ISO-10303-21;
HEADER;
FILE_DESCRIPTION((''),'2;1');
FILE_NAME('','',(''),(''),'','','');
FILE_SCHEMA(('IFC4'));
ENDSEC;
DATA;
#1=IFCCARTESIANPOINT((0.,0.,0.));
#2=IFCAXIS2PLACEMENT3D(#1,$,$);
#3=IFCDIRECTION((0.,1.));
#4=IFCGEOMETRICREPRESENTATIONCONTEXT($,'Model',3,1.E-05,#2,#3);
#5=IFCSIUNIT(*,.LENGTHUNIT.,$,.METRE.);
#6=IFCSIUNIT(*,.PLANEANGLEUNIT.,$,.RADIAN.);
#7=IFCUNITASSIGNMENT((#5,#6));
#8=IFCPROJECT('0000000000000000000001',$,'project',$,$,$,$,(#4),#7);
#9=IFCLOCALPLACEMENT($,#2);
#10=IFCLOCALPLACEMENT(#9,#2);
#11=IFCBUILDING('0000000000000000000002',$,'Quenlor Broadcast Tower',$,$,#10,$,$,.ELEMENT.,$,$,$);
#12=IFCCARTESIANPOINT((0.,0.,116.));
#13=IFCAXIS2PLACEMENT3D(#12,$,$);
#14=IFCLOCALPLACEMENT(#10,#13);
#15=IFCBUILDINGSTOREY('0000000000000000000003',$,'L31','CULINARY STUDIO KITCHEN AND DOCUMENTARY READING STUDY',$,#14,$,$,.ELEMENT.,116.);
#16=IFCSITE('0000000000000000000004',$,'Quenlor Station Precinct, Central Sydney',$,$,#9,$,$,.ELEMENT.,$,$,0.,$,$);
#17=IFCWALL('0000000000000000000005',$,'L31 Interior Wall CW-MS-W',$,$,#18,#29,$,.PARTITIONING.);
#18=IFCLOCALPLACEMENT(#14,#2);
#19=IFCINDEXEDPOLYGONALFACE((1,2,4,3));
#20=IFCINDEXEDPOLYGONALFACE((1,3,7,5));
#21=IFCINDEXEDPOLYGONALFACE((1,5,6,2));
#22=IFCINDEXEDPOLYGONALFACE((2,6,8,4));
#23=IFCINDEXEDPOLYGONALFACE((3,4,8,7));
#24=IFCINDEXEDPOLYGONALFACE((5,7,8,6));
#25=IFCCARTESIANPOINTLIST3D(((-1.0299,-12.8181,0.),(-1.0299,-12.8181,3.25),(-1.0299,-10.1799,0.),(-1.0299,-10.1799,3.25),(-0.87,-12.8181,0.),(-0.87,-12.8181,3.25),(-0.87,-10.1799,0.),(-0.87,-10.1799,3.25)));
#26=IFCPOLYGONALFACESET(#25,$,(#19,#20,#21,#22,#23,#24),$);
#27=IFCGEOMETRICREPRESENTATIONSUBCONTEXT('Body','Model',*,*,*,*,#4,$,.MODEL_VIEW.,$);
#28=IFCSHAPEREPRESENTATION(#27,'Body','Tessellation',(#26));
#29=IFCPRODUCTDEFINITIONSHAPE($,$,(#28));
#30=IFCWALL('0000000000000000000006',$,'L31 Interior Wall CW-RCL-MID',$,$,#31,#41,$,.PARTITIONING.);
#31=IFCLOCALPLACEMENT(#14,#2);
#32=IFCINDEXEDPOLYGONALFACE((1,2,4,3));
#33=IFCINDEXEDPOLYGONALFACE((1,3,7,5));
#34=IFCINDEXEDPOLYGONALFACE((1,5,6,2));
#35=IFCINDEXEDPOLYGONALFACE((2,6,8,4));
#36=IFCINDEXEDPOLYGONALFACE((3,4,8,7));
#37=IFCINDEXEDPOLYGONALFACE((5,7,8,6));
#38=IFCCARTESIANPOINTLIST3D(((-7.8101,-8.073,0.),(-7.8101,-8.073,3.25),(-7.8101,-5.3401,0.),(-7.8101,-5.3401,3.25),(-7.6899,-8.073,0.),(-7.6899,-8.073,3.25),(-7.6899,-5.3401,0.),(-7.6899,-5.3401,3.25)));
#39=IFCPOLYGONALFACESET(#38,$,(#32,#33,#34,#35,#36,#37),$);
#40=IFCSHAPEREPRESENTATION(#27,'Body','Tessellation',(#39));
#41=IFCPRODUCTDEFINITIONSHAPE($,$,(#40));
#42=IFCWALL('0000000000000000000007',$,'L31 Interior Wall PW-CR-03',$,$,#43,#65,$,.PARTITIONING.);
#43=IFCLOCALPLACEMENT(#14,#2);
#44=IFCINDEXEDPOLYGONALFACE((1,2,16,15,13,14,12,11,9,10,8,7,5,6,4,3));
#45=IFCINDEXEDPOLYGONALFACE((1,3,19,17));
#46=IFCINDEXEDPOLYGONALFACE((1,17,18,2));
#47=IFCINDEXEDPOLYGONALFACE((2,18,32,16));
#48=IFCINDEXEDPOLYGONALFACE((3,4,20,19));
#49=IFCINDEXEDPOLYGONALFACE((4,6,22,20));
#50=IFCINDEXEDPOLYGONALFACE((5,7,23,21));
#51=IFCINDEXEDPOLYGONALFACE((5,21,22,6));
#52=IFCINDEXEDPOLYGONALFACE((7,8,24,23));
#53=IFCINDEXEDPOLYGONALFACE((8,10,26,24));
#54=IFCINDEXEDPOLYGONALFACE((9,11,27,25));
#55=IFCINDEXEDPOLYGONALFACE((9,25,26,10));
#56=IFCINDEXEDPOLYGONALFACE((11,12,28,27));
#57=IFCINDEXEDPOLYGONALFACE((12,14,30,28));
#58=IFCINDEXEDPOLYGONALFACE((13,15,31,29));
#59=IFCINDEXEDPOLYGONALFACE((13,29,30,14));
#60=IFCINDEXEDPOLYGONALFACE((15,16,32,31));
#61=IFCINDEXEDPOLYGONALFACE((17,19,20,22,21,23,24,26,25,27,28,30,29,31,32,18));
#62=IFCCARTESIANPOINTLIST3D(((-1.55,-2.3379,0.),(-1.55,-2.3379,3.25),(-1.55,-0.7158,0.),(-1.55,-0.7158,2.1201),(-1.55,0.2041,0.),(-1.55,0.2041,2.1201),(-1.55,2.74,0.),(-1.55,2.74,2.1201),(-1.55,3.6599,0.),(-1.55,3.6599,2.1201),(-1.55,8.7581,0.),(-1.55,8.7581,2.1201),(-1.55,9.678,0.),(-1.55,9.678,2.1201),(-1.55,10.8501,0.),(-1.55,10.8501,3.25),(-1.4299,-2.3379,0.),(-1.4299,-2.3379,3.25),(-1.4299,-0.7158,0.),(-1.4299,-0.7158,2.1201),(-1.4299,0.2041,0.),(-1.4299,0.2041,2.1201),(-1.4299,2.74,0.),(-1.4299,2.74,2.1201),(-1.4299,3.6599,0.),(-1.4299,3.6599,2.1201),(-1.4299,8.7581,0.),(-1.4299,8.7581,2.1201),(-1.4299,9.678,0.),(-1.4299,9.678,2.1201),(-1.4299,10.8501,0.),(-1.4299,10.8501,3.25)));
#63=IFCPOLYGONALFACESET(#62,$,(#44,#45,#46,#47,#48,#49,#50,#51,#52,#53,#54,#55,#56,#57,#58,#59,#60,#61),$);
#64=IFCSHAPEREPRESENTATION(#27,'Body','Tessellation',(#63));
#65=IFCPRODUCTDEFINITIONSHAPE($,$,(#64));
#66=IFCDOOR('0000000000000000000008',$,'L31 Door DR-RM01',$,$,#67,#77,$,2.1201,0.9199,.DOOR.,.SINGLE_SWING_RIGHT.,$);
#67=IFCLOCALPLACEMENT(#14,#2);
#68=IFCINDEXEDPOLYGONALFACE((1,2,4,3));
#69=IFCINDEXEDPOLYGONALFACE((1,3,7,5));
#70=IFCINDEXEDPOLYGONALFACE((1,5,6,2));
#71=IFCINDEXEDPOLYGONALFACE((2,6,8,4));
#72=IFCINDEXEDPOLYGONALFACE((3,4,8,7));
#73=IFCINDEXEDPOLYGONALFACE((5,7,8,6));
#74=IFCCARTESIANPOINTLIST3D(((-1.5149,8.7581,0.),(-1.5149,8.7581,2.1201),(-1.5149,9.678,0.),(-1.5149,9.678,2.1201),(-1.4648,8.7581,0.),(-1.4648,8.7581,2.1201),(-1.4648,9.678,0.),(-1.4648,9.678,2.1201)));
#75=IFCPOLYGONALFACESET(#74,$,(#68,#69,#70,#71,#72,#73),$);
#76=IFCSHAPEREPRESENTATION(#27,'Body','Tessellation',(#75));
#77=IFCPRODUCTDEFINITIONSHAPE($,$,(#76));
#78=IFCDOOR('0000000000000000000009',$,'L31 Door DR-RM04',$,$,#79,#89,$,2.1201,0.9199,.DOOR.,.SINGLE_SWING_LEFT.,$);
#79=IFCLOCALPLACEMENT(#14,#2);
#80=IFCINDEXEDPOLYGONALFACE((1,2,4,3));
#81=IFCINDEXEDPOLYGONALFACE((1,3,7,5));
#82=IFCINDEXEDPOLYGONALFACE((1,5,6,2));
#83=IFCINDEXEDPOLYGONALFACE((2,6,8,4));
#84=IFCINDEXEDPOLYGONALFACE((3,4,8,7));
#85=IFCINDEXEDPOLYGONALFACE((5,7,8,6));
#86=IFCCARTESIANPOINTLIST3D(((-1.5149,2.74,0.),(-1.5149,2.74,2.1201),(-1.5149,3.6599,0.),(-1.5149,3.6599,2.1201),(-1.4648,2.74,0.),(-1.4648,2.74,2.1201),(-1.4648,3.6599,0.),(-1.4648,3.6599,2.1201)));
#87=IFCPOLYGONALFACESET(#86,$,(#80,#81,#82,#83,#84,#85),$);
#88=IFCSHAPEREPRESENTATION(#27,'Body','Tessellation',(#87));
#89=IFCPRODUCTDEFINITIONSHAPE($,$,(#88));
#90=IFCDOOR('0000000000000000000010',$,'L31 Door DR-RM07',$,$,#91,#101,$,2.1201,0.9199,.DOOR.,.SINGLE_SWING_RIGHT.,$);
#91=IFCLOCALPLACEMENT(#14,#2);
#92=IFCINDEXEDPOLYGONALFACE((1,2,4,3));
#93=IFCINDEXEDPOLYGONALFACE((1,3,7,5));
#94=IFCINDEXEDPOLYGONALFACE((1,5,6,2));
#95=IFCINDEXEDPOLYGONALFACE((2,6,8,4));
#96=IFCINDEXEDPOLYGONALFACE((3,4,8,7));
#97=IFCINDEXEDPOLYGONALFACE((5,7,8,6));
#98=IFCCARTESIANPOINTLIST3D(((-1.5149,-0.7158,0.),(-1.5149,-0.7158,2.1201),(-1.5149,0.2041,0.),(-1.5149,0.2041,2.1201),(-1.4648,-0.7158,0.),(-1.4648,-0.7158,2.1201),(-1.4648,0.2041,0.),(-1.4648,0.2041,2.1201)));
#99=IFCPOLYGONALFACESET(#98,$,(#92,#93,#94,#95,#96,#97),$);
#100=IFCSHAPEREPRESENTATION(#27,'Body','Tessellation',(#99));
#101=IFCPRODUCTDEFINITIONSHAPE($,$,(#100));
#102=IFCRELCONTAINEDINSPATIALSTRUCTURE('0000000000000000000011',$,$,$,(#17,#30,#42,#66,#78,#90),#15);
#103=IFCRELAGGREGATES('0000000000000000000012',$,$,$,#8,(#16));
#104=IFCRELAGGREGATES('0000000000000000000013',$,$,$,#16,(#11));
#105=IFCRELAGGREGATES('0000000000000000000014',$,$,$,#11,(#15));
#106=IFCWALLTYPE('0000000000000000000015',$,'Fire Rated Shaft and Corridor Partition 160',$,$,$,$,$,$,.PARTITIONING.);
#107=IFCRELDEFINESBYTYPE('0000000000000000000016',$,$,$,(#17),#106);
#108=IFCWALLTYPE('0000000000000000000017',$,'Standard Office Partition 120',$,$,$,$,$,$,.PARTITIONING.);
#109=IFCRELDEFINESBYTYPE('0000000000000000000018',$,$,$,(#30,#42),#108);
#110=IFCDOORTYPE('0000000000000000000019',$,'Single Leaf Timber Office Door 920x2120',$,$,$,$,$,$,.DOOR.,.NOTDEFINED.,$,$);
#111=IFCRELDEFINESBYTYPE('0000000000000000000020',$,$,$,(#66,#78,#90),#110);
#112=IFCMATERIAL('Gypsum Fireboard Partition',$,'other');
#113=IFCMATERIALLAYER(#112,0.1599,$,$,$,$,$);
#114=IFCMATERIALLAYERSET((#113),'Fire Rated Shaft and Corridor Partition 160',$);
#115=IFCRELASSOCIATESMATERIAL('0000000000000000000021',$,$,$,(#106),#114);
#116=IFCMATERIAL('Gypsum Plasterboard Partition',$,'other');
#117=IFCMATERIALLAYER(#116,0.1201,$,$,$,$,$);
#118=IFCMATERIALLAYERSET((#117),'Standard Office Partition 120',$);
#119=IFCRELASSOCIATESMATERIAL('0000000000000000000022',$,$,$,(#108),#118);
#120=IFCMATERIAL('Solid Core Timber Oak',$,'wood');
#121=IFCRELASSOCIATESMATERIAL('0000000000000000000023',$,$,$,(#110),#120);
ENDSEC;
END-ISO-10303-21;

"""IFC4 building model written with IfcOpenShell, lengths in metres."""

from ifc_helpers import new_model, si_unit, direction, frame, frame_2d, origin, place, context, subcontext, project, spatial, rectangle, extrude, material, layer, layer_set, type_object, element, fill, save


model = new_model("IFC4")

# Units and contexts
model_context = context("Model", 3, precision=1e-05, world=origin(), true_north=direction((0.0, 1.0)))
body_context = subcontext(model_context, "Body", "Model", "MODEL_VIEW")
ifc_project = project(units=[si_unit("LENGTHUNIT", "METRE"), si_unit("PLANEANGLEUNIT", "RADIAN")], contexts=[model_context])

# Site, building, storey
site_placement = place(None, origin())
site = spatial("IfcSite", under=ifc_project, at=site_placement, Name="Quenlor Station Precinct, Central Sydney", CompositionType="ELEMENT", RefElevation=0.0)
building_placement = place(site_placement, origin())
building = spatial("IfcBuilding", under=site, at=building_placement, Name="Quenlor Broadcast Tower", CompositionType="ELEMENT")
storey_placement = place(building_placement, frame((0.0, 0.0, 116.0)))
storey = spatial("IfcBuildingStorey", under=building, at=storey_placement, Name="L31", Description="CULINARY STUDIO KITCHEN AND DOCUMENTARY READING STUDY", CompositionType="ELEMENT", Elevation=116.0)

# Shared definitions
ifc_material_1 = material(Name="Gypsum Fireboard Partition", Category="other")
ifc_layer_1 = layer(ifc_material_1, 0.1599)
ifc_layer_set_1 = layer_set([ifc_layer_1], Name="Fire Rated Shaft and Corridor Partition 160")
wall_type_1 = type_object("IfcWallType", Name="Fire Rated Shaft and Corridor Partition 160", PredefinedType="PARTITIONING", material=ifc_layer_set_1)

# Walls
wall_1_placement = place(storey_placement, frame((-0.95, -12.8181, 0.0), z_axis=(0.0, 0.0, 1.0), x_axis=(0.0, 1.0, 0.0)))
element("IfcWall", 1, at=wall_1_placement, inside=storey, type_object=wall_type_1, Name="L31 Interior Wall CW-MS-W", PredefinedType="PARTITIONING", context=body_context, shape_type="SweptSolid", body=[
    extrude(rectangle(XDim=2.6382, YDim=0.1599, at=frame_2d((1.3191, 0.0))), origin(), (0.0, 0.0, 1.0), 3.25),
])
ifc_material_2 = material(Name="Gypsum Plasterboard Partition", Category="other")
ifc_layer_2 = layer(ifc_material_2, 0.1201)
ifc_layer_set_2 = layer_set([ifc_layer_2], Name="Standard Office Partition 120")
wall_type_2 = type_object("IfcWallType", Name="Standard Office Partition 120", PredefinedType="PARTITIONING", material=ifc_layer_set_2)
wall_2_placement = place(storey_placement, frame((-7.75, -8.073, 0.0), z_axis=(0.0, 0.0, 1.0), x_axis=(0.0, 1.0, 0.0)))
element("IfcWall", 2, at=wall_2_placement, inside=storey, type_object=wall_type_2, Name="L31 Interior Wall CW-RCL-MID", PredefinedType="PARTITIONING", context=body_context, shape_type="SweptSolid", body=[
    extrude(rectangle(XDim=2.7329, YDim=0.1201, at=frame_2d((1.3665, 0.0))), origin(), (0.0, 0.0, 1.0), 3.25),
])

# Wall, openings, doors
wall_3_placement = place(storey_placement, frame((-1.49, -2.3379, 0.0), z_axis=(0.0, 0.0, 1.0), x_axis=(0.0, 1.0, 0.0)))
wall_3 = element("IfcWall", 3, at=wall_3_placement, inside=storey, type_object=wall_type_2, Name="L31 Interior Wall PW-CR-03", PredefinedType="PARTITIONING", context=body_context, shape_type="SweptSolid", body=[
    extrude(rectangle(XDim=13.188, YDim=0.1201, at=frame_2d((6.594, 0.0))), origin(), (0.0, 0.0, 1.0), 3.25),
])
opening_1_placement = place(wall_3_placement, frame((11.0959, 0.0, 0.0)))
opening_1 = element("IfcOpeningElement", 4, at=opening_1_placement, cuts=wall_3, PredefinedType="OPENING", context=body_context, shape_type="SweptSolid", body=[
    extrude(rectangle(XDim=0.9199, YDim=2.1201, at=frame_2d((0.46, 1.0601))), frame((0.0, 0.0701, 0.0), z_axis=(0.0, -1.0, 0.0), x_axis=(1.0, 0.0, 0.0)), (0.0, 0.0, 1.0), 0.1401),
])
opening_2_placement = place(wall_3_placement, frame((5.0779, 0.0, 0.0)))
opening_2 = element("IfcOpeningElement", 5, at=opening_2_placement, cuts=wall_3, PredefinedType="OPENING", context=body_context, shape_type="SweptSolid", body=[
    extrude(rectangle(XDim=0.9199, YDim=2.1201, at=frame_2d((0.46, 1.0601))), frame((0.0, 0.0701, 0.0), z_axis=(0.0, -1.0, 0.0), x_axis=(1.0, 0.0, 0.0)), (0.0, 0.0, 1.0), 0.1401),
])
opening_3_placement = place(wall_3_placement, frame((1.6221, 0.0, 0.0)))
opening_3 = element("IfcOpeningElement", 6, at=opening_3_placement, cuts=wall_3, PredefinedType="OPENING", context=body_context, shape_type="SweptSolid", body=[
    extrude(rectangle(XDim=0.9199, YDim=2.1201, at=frame_2d((0.46, 1.0601))), frame((0.0, 0.0701, 0.0), z_axis=(0.0, -1.0, 0.0), x_axis=(1.0, 0.0, 0.0)), (0.0, 0.0, 1.0), 0.1401),
])
ifc_material_3 = material(Name="Solid Core Timber Oak", Category="wood")
door_type_1 = type_object("IfcDoorType", Name="Single Leaf Timber Office Door 920x2120", OperationType="NOTDEFINED", PredefinedType="DOOR", material=ifc_material_3)
door_1_placement = place(opening_1_placement, origin())
door_1 = element("IfcDoor", 7, at=door_1_placement, inside=storey, type_object=door_type_1, Name="L31 Door DR-RM01", OperationType="SINGLE_SWING_RIGHT", OverallHeight=2.1201, OverallWidth=0.9199, PredefinedType="DOOR", context=body_context, shape_type="SweptSolid", body=[
    extrude(rectangle(XDim=0.9199, YDim=2.1201, at=frame_2d((0.46, 1.0601))), frame((0.0, 0.0249, 0.0), z_axis=(0.0, -1.0, 0.0), x_axis=(1.0, 0.0, 0.0)), (0.0, 0.0, 1.0), 0.05),
])
fill(opening_1, door_1)
door_2_placement = place(opening_2_placement, origin())
door_2 = element("IfcDoor", 8, at=door_2_placement, inside=storey, type_object=door_type_1, Name="L31 Door DR-RM04", OperationType="SINGLE_SWING_LEFT", OverallHeight=2.1201, OverallWidth=0.9199, PredefinedType="DOOR", context=body_context, shape_type="SweptSolid", body=[
    extrude(rectangle(XDim=0.9199, YDim=2.1201, at=frame_2d((0.46, 1.0601))), frame((0.0, 0.0249, 0.0), z_axis=(0.0, -1.0, 0.0), x_axis=(1.0, 0.0, 0.0)), (0.0, 0.0, 1.0), 0.05),
])
fill(opening_2, door_2)
door_3_placement = place(opening_3_placement, origin())
door_3 = element("IfcDoor", 9, at=door_3_placement, inside=storey, type_object=door_type_1, Name="L31 Door DR-RM07", OperationType="SINGLE_SWING_RIGHT", OverallHeight=2.1201, OverallWidth=0.9199, PredefinedType="DOOR", context=body_context, shape_type="SweptSolid", body=[
    extrude(rectangle(XDim=0.9199, YDim=2.1201, at=frame_2d((0.46, 1.0601))), frame((0.0, 0.0249, 0.0), z_axis=(0.0, -1.0, 0.0), x_axis=(1.0, 0.0, 0.0)), (0.0, 0.0, 1.0), 0.05),
])
fill(opening_3, door_3)

save(model, "model.ifc")
